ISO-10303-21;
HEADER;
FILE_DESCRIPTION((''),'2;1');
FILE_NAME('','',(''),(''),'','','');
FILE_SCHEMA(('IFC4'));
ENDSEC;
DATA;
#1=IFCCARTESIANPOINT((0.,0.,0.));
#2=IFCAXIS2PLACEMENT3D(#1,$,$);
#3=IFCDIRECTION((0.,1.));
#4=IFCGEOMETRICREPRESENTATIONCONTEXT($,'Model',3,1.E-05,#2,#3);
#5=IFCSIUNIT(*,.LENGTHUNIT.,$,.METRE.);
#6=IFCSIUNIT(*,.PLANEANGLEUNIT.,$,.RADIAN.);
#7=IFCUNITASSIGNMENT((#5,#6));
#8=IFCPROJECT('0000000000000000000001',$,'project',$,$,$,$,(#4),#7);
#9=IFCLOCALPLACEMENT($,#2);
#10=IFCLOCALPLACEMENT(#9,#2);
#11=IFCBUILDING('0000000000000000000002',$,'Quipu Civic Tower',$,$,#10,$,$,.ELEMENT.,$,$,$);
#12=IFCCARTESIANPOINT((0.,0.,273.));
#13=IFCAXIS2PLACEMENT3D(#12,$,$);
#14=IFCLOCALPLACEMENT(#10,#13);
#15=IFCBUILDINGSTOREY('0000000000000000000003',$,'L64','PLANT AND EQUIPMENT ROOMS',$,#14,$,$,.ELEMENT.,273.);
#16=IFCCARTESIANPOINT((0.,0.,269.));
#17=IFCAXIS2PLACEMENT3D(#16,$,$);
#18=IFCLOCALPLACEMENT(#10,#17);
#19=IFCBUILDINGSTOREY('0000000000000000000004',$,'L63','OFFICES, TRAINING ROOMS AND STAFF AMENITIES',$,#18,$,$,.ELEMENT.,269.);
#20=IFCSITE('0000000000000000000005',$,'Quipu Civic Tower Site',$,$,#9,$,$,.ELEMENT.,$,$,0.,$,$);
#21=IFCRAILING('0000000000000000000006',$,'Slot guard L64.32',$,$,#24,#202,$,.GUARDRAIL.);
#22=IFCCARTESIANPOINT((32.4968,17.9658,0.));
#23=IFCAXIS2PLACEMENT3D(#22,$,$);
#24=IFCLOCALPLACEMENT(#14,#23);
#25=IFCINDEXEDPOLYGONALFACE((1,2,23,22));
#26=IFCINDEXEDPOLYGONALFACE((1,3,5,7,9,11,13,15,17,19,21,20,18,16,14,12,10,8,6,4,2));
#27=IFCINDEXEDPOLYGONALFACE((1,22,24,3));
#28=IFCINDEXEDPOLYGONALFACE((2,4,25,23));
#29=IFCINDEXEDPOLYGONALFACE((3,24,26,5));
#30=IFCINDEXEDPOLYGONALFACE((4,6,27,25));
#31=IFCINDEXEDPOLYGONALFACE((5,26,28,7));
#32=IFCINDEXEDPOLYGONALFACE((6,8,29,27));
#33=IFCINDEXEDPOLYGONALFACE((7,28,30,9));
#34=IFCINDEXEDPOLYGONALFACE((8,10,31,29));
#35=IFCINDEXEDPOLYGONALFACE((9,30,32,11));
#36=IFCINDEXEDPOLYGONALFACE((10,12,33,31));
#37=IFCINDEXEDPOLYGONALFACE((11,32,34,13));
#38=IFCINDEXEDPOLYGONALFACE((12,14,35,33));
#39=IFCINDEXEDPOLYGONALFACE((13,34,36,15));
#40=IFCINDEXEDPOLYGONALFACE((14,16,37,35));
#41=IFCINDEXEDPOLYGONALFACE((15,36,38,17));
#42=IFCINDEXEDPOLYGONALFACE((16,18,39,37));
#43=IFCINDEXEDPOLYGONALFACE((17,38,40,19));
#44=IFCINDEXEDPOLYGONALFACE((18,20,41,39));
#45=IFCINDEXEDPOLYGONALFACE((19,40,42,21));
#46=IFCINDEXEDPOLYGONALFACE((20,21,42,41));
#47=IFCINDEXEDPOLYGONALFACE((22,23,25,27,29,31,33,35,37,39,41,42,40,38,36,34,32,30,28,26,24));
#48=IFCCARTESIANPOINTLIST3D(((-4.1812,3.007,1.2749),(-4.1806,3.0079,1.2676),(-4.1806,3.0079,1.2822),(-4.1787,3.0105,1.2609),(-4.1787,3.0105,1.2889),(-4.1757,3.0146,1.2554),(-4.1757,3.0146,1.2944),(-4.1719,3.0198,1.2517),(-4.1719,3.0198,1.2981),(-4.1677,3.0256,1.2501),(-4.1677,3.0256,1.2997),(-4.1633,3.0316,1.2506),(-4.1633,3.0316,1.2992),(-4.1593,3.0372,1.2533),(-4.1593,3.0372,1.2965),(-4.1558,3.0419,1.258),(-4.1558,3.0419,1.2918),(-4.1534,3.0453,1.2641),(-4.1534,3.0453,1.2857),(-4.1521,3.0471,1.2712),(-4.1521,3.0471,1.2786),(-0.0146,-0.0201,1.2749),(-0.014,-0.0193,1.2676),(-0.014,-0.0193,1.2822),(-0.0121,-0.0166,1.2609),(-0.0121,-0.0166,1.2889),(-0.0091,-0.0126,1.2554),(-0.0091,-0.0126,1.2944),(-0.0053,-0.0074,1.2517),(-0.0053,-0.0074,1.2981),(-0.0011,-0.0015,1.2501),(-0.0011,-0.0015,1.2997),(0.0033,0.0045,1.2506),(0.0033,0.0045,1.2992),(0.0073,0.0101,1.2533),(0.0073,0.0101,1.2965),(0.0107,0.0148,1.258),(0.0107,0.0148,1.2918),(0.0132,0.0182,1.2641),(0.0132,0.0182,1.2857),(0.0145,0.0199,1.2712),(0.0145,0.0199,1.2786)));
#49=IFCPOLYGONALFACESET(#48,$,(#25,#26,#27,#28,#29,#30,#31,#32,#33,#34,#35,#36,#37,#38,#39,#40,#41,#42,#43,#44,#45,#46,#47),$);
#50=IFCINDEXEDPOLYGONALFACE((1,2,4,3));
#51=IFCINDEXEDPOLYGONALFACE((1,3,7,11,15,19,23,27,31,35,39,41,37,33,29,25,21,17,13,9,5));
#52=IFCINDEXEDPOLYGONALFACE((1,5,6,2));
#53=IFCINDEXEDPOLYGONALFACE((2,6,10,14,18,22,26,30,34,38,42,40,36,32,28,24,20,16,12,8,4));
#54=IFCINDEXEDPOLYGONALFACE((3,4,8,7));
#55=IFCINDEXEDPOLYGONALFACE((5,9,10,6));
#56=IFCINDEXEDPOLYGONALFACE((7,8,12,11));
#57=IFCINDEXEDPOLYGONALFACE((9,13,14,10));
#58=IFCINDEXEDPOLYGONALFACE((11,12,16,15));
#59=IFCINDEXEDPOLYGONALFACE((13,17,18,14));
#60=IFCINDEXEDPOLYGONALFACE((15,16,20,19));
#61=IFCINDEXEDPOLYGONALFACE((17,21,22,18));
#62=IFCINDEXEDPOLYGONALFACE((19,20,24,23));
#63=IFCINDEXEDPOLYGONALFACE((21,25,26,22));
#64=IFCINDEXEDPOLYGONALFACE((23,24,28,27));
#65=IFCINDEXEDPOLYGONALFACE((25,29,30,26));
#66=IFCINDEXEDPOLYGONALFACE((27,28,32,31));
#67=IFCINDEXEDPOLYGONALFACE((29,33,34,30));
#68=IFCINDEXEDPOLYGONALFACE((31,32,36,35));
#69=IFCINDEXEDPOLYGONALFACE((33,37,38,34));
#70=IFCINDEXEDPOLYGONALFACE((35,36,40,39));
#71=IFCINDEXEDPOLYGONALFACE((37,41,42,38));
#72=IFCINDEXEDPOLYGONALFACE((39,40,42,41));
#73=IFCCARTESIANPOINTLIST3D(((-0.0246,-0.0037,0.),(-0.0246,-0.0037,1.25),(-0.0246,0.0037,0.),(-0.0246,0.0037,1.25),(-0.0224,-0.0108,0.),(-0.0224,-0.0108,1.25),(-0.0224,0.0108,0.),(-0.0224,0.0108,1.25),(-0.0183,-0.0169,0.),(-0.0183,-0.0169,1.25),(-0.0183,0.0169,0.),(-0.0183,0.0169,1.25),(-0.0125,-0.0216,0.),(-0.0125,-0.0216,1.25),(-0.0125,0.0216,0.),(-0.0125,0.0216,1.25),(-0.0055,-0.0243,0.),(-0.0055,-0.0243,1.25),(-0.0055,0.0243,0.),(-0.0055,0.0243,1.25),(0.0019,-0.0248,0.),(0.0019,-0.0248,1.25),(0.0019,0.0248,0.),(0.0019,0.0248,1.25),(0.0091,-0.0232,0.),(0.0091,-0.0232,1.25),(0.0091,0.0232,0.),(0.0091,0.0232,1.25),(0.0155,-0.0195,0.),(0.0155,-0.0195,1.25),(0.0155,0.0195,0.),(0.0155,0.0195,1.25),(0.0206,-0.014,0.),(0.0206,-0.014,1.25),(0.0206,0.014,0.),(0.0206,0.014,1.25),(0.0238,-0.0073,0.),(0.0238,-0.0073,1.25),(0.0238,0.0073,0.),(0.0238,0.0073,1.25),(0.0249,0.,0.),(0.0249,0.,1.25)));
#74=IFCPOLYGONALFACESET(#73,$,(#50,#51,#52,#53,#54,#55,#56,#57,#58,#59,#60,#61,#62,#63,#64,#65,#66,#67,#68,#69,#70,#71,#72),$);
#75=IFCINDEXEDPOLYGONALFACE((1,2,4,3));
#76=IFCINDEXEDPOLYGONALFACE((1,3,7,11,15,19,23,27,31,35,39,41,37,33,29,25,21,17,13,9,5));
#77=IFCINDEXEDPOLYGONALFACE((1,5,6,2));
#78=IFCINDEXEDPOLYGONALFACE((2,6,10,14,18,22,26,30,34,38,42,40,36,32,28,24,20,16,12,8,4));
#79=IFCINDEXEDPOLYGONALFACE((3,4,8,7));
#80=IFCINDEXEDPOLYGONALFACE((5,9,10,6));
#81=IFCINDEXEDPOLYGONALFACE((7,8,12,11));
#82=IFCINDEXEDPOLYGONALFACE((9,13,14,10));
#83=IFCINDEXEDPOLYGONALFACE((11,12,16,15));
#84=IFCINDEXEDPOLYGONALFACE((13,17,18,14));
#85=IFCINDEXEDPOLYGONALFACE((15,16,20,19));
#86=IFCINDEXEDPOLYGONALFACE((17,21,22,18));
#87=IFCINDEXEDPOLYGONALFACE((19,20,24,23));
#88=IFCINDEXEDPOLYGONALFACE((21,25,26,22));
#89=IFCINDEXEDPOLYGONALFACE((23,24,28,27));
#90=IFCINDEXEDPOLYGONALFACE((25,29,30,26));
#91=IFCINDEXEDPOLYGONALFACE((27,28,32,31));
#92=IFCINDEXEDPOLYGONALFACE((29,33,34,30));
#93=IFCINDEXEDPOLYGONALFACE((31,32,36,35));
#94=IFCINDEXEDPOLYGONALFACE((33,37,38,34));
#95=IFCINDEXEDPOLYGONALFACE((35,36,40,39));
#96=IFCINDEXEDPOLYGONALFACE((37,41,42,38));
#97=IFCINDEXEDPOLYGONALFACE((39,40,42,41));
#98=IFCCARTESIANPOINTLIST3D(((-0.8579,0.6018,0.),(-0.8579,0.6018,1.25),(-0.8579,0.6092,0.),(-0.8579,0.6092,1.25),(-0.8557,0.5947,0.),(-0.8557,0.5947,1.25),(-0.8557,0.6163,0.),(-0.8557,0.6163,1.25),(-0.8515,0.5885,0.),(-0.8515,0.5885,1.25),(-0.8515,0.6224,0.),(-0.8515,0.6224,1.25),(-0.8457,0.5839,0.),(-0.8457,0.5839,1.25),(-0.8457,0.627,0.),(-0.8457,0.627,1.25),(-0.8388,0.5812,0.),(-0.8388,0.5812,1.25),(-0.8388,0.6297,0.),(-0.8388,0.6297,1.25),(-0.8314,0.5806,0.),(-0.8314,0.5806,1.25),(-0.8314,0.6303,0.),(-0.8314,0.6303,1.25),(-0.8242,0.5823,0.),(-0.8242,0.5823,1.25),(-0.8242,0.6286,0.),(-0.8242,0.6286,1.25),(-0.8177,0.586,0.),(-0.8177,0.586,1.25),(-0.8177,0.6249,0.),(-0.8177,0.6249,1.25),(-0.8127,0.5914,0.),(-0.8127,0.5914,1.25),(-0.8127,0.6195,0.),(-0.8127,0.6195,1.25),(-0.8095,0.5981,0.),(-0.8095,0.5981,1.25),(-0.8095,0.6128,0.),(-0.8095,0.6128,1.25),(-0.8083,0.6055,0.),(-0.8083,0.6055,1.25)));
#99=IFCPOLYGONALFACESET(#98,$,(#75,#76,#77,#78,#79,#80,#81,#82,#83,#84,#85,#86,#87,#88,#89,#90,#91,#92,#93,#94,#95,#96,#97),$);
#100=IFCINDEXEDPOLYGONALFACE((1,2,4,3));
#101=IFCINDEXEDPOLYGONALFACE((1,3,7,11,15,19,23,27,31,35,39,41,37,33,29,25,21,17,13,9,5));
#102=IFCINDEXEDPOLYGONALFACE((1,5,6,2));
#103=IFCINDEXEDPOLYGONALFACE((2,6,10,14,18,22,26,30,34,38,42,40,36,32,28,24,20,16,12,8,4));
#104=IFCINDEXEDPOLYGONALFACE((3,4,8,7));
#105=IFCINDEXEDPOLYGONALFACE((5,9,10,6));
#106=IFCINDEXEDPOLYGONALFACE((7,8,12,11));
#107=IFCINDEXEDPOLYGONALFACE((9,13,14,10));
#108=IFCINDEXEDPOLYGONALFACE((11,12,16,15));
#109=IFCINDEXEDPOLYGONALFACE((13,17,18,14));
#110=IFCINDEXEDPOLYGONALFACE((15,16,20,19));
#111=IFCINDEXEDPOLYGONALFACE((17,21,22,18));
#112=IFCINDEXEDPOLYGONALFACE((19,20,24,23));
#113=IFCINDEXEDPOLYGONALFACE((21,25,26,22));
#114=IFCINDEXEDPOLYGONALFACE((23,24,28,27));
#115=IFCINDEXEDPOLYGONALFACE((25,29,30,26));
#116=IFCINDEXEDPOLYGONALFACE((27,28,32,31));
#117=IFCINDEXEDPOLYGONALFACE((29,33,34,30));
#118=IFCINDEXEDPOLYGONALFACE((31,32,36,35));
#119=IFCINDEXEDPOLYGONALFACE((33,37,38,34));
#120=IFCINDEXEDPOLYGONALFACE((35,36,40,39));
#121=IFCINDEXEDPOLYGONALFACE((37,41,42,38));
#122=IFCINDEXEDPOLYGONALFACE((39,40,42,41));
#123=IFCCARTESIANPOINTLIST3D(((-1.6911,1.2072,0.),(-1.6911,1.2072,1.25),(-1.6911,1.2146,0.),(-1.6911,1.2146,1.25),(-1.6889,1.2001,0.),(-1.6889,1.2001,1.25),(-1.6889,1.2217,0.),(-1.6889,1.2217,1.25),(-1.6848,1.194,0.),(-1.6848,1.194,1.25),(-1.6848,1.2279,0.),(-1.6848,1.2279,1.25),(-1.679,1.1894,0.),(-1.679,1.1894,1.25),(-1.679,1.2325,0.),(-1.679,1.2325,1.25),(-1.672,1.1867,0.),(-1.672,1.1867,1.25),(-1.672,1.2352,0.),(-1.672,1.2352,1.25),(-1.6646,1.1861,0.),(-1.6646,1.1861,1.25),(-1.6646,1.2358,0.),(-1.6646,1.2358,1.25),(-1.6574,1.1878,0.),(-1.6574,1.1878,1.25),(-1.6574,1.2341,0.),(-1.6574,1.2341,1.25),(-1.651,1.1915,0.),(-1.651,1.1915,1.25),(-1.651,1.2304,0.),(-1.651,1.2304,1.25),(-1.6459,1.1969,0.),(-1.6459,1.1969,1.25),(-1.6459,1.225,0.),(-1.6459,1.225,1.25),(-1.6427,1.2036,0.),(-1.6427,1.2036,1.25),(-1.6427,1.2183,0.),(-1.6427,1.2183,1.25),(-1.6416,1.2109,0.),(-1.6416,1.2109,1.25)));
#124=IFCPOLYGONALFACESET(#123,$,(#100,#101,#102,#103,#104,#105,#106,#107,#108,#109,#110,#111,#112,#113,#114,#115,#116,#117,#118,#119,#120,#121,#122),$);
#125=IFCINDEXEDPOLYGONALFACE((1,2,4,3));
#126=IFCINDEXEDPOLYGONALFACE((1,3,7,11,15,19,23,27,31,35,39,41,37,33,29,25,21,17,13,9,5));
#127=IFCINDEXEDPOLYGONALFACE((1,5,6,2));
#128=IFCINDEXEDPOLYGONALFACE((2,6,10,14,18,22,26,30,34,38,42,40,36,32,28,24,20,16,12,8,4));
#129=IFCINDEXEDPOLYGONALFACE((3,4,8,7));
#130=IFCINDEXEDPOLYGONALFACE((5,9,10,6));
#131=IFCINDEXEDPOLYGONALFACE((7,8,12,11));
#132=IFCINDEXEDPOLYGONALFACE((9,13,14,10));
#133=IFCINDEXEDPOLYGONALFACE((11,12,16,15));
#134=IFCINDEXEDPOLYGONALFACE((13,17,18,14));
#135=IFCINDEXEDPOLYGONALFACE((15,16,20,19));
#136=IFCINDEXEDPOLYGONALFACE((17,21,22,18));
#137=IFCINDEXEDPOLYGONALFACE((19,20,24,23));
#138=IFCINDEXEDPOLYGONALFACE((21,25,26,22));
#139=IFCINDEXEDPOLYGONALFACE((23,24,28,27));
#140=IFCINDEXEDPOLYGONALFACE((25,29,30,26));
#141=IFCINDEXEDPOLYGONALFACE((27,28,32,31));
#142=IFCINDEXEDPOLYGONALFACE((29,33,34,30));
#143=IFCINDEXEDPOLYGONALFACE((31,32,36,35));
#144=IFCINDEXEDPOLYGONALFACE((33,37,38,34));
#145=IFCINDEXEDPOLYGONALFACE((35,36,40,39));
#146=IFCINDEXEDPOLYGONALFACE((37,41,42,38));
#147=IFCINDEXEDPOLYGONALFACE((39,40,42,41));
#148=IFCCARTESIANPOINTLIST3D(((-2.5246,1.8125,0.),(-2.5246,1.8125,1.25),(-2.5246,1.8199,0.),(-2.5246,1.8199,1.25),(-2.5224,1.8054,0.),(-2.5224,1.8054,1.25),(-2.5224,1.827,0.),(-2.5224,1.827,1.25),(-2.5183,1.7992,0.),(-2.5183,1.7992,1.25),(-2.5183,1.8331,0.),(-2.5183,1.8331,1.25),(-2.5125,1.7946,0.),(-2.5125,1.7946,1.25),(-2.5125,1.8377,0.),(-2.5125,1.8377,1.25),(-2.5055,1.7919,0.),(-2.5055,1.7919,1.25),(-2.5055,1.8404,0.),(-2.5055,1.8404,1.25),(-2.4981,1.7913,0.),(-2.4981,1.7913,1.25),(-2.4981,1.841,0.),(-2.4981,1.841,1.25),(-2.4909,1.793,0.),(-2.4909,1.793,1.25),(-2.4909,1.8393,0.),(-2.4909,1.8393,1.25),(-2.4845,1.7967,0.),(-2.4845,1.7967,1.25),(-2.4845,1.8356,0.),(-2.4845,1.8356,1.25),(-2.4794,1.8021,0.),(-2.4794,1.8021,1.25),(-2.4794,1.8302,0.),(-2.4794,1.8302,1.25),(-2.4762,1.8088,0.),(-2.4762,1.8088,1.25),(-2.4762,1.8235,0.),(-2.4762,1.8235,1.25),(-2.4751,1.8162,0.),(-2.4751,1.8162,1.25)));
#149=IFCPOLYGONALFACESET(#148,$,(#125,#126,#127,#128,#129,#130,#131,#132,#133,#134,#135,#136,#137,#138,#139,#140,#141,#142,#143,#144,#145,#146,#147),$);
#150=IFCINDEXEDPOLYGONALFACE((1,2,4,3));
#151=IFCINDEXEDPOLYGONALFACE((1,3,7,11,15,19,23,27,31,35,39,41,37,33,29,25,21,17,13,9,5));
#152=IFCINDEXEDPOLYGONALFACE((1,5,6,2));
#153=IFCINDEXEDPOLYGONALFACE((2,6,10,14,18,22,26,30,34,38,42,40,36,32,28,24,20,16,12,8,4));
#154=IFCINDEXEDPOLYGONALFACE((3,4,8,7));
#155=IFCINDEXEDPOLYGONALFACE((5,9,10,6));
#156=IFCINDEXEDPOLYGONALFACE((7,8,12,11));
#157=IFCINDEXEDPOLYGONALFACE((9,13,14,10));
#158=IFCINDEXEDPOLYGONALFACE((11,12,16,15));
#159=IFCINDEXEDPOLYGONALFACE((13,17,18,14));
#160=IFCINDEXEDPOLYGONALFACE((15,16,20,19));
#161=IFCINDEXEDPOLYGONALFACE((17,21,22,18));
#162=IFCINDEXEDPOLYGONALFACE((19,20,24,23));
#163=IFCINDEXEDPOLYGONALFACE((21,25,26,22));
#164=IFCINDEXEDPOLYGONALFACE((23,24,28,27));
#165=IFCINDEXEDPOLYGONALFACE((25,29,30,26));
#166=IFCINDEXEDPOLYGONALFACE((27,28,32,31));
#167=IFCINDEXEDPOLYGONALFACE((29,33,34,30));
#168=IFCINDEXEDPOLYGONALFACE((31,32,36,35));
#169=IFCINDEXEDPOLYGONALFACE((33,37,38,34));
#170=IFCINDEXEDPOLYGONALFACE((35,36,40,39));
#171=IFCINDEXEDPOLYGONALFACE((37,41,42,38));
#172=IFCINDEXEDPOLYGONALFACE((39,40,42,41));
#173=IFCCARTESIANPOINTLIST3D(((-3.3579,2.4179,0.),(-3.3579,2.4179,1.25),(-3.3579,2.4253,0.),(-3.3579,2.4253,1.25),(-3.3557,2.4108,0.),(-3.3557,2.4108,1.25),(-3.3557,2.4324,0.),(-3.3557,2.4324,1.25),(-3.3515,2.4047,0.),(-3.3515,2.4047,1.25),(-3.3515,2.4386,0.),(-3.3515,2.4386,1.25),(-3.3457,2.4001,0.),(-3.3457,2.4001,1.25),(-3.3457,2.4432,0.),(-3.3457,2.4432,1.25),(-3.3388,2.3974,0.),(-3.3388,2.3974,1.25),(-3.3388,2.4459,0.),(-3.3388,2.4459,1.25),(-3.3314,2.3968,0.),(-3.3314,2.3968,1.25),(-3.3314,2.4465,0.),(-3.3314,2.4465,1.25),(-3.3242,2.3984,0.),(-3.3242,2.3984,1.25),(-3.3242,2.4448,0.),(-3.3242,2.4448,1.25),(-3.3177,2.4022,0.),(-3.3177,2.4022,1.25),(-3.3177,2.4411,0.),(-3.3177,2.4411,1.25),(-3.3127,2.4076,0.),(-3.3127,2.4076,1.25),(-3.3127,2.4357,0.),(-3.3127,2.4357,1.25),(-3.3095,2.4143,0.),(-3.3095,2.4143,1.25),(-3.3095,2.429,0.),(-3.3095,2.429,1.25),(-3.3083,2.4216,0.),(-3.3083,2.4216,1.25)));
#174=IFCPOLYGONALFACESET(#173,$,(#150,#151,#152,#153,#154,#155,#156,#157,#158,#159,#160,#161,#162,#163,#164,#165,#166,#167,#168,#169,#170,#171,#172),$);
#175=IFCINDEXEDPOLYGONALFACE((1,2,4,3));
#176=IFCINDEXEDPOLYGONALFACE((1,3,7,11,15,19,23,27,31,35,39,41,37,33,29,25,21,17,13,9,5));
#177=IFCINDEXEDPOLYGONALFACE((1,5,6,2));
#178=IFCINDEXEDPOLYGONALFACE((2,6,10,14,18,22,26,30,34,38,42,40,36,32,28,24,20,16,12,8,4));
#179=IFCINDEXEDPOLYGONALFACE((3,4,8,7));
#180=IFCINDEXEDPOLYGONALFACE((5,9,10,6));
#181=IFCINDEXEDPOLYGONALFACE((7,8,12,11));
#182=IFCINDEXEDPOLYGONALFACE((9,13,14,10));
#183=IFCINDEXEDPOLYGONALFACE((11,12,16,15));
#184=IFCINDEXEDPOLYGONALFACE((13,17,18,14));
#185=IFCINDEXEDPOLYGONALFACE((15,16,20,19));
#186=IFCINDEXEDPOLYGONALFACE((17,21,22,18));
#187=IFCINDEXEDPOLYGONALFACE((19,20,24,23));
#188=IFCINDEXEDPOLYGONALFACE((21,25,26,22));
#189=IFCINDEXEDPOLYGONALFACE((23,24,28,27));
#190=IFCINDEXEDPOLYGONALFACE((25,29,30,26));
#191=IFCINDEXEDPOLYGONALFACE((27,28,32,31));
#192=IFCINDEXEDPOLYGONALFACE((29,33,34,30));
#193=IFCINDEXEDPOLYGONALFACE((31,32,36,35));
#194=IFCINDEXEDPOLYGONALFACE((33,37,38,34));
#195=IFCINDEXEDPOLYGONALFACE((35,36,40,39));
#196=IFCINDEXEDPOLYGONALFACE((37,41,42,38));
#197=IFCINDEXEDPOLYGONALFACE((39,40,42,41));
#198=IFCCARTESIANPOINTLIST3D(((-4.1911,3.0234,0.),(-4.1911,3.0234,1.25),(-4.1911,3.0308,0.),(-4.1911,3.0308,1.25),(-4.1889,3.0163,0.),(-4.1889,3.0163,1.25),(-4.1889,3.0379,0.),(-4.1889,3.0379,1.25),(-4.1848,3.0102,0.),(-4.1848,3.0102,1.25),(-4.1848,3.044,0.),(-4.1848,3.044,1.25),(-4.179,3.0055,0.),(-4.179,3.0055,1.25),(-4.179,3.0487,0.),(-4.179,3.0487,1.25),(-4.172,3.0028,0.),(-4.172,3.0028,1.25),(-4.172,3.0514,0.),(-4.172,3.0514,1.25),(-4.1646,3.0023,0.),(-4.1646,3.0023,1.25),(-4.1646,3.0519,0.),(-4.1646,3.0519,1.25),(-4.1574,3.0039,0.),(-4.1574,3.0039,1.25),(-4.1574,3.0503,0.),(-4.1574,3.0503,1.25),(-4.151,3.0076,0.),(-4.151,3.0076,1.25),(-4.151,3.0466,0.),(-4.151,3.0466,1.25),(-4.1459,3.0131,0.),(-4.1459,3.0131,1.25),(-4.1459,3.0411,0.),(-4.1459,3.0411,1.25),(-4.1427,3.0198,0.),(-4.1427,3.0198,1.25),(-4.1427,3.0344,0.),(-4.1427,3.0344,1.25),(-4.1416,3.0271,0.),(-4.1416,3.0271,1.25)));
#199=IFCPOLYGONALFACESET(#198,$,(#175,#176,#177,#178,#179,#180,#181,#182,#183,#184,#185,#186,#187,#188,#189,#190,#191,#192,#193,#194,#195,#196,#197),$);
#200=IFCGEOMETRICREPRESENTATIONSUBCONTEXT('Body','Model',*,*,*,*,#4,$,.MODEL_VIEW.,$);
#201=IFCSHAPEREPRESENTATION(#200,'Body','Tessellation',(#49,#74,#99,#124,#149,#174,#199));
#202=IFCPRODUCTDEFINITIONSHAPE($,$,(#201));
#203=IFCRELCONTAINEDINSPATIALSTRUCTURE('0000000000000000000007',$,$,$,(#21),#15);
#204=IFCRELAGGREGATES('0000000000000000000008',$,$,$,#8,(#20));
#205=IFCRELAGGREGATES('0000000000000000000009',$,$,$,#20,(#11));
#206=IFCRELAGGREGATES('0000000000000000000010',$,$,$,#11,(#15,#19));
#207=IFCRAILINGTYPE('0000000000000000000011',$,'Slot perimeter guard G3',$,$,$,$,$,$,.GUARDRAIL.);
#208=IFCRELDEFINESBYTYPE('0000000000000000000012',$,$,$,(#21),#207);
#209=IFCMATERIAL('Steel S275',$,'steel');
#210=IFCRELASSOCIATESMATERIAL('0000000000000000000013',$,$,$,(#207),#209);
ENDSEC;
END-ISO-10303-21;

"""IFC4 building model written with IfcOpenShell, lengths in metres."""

from ifc_helpers import new_model, si_unit, direction, frame, origin, origin_2d, place, context, subcontext, project, spatial, circle, extrude, material, type_object, element, save


model = new_model("IFC4")

# Units and contexts
model_context = context("Model", 3, precision=1e-05, world=origin(), true_north=direction((0.0, 1.0)))
body_context = subcontext(model_context, "Body", "Model", "MODEL_VIEW")
ifc_project = project(units=[si_unit("LENGTHUNIT", "METRE"), si_unit("PLANEANGLEUNIT", "RADIAN")], contexts=[model_context])

# Site, building, storey
site_placement = place(None, origin())
site = spatial("IfcSite", under=ifc_project, at=site_placement, Name="Quipu Civic Tower Site", CompositionType="ELEMENT", RefElevation=0.0)
building_placement = place(site_placement, origin())
building = spatial("IfcBuilding", under=site, at=building_placement, Name="Quipu Civic Tower", CompositionType="ELEMENT")
storey_1_placement = place(building_placement, frame((0.0, 0.0, 273.0)))
storey_1 = spatial("IfcBuildingStorey", under=building, at=storey_1_placement, Name="L64", Description="PLANT AND EQUIPMENT ROOMS", CompositionType="ELEMENT", Elevation=273.0)

# Shared definitions
storey_2_placement = place(building_placement, frame((0.0, 0.0, 269.0)))
storey_2 = spatial("IfcBuildingStorey", under=building, at=storey_2_placement, Name="L63", Description="OFFICES, TRAINING ROOMS AND STAFF AMENITIES", CompositionType="ELEMENT", Elevation=269.0)

# Railing
ifc_material_1 = material(Name="Steel S275", Category="steel")
railing_type = type_object("IfcRailingType", Name="Slot perimeter guard G3", PredefinedType="GUARDRAIL", material=ifc_material_1)
for number, where, name in (
    (1, (32.4968, 17.9658, 0.0), "Slot guard L64.32"),
):
    element("IfcRailing", number, at=place(storey_1_placement, frame(where)), inside=storey_1, type_object=railing_type, Name=name, PredefinedType="GUARDRAIL", context=body_context, shape_type="SweptSolid", body=[
        extrude(circle(Radius=0.0249, at=origin_2d()), frame((0.0, 0.0, 1.2749), z_axis=(-0.809021, 0.58778, 0.0), x_axis=(-0.58778, -0.809021, 0.0)), (0.0, 0.0, 1.0), 5.1501),
        extrude(circle(Radius=0.0249, at=origin_2d()), origin(), (0.0, 0.0, 1.0), 1.25),
        extrude(circle(Radius=0.0249, at=origin_2d()), frame((-0.8333, 0.6055, 0.0)), (0.0, 0.0, 1.0), 1.25),
        extrude(circle(Radius=0.0249, at=origin_2d()), frame((-1.6665, 1.2109, 0.0)), (0.0, 0.0, 1.0), 1.25),
        extrude(circle(Radius=0.0249, at=origin_2d()), frame((-2.5, 1.8162, 0.0)), (0.0, 0.0, 1.0), 1.25),
        extrude(circle(Radius=0.0249, at=origin_2d()), frame((-3.3333, 2.4216, 0.0)), (0.0, 0.0, 1.0), 1.25),
        extrude(circle(Radius=0.0249, at=origin_2d()), frame((-4.1665, 3.0271, 0.0)), (0.0, 0.0, 1.0), 1.25),
    ])

save(model, "model.ifc")
